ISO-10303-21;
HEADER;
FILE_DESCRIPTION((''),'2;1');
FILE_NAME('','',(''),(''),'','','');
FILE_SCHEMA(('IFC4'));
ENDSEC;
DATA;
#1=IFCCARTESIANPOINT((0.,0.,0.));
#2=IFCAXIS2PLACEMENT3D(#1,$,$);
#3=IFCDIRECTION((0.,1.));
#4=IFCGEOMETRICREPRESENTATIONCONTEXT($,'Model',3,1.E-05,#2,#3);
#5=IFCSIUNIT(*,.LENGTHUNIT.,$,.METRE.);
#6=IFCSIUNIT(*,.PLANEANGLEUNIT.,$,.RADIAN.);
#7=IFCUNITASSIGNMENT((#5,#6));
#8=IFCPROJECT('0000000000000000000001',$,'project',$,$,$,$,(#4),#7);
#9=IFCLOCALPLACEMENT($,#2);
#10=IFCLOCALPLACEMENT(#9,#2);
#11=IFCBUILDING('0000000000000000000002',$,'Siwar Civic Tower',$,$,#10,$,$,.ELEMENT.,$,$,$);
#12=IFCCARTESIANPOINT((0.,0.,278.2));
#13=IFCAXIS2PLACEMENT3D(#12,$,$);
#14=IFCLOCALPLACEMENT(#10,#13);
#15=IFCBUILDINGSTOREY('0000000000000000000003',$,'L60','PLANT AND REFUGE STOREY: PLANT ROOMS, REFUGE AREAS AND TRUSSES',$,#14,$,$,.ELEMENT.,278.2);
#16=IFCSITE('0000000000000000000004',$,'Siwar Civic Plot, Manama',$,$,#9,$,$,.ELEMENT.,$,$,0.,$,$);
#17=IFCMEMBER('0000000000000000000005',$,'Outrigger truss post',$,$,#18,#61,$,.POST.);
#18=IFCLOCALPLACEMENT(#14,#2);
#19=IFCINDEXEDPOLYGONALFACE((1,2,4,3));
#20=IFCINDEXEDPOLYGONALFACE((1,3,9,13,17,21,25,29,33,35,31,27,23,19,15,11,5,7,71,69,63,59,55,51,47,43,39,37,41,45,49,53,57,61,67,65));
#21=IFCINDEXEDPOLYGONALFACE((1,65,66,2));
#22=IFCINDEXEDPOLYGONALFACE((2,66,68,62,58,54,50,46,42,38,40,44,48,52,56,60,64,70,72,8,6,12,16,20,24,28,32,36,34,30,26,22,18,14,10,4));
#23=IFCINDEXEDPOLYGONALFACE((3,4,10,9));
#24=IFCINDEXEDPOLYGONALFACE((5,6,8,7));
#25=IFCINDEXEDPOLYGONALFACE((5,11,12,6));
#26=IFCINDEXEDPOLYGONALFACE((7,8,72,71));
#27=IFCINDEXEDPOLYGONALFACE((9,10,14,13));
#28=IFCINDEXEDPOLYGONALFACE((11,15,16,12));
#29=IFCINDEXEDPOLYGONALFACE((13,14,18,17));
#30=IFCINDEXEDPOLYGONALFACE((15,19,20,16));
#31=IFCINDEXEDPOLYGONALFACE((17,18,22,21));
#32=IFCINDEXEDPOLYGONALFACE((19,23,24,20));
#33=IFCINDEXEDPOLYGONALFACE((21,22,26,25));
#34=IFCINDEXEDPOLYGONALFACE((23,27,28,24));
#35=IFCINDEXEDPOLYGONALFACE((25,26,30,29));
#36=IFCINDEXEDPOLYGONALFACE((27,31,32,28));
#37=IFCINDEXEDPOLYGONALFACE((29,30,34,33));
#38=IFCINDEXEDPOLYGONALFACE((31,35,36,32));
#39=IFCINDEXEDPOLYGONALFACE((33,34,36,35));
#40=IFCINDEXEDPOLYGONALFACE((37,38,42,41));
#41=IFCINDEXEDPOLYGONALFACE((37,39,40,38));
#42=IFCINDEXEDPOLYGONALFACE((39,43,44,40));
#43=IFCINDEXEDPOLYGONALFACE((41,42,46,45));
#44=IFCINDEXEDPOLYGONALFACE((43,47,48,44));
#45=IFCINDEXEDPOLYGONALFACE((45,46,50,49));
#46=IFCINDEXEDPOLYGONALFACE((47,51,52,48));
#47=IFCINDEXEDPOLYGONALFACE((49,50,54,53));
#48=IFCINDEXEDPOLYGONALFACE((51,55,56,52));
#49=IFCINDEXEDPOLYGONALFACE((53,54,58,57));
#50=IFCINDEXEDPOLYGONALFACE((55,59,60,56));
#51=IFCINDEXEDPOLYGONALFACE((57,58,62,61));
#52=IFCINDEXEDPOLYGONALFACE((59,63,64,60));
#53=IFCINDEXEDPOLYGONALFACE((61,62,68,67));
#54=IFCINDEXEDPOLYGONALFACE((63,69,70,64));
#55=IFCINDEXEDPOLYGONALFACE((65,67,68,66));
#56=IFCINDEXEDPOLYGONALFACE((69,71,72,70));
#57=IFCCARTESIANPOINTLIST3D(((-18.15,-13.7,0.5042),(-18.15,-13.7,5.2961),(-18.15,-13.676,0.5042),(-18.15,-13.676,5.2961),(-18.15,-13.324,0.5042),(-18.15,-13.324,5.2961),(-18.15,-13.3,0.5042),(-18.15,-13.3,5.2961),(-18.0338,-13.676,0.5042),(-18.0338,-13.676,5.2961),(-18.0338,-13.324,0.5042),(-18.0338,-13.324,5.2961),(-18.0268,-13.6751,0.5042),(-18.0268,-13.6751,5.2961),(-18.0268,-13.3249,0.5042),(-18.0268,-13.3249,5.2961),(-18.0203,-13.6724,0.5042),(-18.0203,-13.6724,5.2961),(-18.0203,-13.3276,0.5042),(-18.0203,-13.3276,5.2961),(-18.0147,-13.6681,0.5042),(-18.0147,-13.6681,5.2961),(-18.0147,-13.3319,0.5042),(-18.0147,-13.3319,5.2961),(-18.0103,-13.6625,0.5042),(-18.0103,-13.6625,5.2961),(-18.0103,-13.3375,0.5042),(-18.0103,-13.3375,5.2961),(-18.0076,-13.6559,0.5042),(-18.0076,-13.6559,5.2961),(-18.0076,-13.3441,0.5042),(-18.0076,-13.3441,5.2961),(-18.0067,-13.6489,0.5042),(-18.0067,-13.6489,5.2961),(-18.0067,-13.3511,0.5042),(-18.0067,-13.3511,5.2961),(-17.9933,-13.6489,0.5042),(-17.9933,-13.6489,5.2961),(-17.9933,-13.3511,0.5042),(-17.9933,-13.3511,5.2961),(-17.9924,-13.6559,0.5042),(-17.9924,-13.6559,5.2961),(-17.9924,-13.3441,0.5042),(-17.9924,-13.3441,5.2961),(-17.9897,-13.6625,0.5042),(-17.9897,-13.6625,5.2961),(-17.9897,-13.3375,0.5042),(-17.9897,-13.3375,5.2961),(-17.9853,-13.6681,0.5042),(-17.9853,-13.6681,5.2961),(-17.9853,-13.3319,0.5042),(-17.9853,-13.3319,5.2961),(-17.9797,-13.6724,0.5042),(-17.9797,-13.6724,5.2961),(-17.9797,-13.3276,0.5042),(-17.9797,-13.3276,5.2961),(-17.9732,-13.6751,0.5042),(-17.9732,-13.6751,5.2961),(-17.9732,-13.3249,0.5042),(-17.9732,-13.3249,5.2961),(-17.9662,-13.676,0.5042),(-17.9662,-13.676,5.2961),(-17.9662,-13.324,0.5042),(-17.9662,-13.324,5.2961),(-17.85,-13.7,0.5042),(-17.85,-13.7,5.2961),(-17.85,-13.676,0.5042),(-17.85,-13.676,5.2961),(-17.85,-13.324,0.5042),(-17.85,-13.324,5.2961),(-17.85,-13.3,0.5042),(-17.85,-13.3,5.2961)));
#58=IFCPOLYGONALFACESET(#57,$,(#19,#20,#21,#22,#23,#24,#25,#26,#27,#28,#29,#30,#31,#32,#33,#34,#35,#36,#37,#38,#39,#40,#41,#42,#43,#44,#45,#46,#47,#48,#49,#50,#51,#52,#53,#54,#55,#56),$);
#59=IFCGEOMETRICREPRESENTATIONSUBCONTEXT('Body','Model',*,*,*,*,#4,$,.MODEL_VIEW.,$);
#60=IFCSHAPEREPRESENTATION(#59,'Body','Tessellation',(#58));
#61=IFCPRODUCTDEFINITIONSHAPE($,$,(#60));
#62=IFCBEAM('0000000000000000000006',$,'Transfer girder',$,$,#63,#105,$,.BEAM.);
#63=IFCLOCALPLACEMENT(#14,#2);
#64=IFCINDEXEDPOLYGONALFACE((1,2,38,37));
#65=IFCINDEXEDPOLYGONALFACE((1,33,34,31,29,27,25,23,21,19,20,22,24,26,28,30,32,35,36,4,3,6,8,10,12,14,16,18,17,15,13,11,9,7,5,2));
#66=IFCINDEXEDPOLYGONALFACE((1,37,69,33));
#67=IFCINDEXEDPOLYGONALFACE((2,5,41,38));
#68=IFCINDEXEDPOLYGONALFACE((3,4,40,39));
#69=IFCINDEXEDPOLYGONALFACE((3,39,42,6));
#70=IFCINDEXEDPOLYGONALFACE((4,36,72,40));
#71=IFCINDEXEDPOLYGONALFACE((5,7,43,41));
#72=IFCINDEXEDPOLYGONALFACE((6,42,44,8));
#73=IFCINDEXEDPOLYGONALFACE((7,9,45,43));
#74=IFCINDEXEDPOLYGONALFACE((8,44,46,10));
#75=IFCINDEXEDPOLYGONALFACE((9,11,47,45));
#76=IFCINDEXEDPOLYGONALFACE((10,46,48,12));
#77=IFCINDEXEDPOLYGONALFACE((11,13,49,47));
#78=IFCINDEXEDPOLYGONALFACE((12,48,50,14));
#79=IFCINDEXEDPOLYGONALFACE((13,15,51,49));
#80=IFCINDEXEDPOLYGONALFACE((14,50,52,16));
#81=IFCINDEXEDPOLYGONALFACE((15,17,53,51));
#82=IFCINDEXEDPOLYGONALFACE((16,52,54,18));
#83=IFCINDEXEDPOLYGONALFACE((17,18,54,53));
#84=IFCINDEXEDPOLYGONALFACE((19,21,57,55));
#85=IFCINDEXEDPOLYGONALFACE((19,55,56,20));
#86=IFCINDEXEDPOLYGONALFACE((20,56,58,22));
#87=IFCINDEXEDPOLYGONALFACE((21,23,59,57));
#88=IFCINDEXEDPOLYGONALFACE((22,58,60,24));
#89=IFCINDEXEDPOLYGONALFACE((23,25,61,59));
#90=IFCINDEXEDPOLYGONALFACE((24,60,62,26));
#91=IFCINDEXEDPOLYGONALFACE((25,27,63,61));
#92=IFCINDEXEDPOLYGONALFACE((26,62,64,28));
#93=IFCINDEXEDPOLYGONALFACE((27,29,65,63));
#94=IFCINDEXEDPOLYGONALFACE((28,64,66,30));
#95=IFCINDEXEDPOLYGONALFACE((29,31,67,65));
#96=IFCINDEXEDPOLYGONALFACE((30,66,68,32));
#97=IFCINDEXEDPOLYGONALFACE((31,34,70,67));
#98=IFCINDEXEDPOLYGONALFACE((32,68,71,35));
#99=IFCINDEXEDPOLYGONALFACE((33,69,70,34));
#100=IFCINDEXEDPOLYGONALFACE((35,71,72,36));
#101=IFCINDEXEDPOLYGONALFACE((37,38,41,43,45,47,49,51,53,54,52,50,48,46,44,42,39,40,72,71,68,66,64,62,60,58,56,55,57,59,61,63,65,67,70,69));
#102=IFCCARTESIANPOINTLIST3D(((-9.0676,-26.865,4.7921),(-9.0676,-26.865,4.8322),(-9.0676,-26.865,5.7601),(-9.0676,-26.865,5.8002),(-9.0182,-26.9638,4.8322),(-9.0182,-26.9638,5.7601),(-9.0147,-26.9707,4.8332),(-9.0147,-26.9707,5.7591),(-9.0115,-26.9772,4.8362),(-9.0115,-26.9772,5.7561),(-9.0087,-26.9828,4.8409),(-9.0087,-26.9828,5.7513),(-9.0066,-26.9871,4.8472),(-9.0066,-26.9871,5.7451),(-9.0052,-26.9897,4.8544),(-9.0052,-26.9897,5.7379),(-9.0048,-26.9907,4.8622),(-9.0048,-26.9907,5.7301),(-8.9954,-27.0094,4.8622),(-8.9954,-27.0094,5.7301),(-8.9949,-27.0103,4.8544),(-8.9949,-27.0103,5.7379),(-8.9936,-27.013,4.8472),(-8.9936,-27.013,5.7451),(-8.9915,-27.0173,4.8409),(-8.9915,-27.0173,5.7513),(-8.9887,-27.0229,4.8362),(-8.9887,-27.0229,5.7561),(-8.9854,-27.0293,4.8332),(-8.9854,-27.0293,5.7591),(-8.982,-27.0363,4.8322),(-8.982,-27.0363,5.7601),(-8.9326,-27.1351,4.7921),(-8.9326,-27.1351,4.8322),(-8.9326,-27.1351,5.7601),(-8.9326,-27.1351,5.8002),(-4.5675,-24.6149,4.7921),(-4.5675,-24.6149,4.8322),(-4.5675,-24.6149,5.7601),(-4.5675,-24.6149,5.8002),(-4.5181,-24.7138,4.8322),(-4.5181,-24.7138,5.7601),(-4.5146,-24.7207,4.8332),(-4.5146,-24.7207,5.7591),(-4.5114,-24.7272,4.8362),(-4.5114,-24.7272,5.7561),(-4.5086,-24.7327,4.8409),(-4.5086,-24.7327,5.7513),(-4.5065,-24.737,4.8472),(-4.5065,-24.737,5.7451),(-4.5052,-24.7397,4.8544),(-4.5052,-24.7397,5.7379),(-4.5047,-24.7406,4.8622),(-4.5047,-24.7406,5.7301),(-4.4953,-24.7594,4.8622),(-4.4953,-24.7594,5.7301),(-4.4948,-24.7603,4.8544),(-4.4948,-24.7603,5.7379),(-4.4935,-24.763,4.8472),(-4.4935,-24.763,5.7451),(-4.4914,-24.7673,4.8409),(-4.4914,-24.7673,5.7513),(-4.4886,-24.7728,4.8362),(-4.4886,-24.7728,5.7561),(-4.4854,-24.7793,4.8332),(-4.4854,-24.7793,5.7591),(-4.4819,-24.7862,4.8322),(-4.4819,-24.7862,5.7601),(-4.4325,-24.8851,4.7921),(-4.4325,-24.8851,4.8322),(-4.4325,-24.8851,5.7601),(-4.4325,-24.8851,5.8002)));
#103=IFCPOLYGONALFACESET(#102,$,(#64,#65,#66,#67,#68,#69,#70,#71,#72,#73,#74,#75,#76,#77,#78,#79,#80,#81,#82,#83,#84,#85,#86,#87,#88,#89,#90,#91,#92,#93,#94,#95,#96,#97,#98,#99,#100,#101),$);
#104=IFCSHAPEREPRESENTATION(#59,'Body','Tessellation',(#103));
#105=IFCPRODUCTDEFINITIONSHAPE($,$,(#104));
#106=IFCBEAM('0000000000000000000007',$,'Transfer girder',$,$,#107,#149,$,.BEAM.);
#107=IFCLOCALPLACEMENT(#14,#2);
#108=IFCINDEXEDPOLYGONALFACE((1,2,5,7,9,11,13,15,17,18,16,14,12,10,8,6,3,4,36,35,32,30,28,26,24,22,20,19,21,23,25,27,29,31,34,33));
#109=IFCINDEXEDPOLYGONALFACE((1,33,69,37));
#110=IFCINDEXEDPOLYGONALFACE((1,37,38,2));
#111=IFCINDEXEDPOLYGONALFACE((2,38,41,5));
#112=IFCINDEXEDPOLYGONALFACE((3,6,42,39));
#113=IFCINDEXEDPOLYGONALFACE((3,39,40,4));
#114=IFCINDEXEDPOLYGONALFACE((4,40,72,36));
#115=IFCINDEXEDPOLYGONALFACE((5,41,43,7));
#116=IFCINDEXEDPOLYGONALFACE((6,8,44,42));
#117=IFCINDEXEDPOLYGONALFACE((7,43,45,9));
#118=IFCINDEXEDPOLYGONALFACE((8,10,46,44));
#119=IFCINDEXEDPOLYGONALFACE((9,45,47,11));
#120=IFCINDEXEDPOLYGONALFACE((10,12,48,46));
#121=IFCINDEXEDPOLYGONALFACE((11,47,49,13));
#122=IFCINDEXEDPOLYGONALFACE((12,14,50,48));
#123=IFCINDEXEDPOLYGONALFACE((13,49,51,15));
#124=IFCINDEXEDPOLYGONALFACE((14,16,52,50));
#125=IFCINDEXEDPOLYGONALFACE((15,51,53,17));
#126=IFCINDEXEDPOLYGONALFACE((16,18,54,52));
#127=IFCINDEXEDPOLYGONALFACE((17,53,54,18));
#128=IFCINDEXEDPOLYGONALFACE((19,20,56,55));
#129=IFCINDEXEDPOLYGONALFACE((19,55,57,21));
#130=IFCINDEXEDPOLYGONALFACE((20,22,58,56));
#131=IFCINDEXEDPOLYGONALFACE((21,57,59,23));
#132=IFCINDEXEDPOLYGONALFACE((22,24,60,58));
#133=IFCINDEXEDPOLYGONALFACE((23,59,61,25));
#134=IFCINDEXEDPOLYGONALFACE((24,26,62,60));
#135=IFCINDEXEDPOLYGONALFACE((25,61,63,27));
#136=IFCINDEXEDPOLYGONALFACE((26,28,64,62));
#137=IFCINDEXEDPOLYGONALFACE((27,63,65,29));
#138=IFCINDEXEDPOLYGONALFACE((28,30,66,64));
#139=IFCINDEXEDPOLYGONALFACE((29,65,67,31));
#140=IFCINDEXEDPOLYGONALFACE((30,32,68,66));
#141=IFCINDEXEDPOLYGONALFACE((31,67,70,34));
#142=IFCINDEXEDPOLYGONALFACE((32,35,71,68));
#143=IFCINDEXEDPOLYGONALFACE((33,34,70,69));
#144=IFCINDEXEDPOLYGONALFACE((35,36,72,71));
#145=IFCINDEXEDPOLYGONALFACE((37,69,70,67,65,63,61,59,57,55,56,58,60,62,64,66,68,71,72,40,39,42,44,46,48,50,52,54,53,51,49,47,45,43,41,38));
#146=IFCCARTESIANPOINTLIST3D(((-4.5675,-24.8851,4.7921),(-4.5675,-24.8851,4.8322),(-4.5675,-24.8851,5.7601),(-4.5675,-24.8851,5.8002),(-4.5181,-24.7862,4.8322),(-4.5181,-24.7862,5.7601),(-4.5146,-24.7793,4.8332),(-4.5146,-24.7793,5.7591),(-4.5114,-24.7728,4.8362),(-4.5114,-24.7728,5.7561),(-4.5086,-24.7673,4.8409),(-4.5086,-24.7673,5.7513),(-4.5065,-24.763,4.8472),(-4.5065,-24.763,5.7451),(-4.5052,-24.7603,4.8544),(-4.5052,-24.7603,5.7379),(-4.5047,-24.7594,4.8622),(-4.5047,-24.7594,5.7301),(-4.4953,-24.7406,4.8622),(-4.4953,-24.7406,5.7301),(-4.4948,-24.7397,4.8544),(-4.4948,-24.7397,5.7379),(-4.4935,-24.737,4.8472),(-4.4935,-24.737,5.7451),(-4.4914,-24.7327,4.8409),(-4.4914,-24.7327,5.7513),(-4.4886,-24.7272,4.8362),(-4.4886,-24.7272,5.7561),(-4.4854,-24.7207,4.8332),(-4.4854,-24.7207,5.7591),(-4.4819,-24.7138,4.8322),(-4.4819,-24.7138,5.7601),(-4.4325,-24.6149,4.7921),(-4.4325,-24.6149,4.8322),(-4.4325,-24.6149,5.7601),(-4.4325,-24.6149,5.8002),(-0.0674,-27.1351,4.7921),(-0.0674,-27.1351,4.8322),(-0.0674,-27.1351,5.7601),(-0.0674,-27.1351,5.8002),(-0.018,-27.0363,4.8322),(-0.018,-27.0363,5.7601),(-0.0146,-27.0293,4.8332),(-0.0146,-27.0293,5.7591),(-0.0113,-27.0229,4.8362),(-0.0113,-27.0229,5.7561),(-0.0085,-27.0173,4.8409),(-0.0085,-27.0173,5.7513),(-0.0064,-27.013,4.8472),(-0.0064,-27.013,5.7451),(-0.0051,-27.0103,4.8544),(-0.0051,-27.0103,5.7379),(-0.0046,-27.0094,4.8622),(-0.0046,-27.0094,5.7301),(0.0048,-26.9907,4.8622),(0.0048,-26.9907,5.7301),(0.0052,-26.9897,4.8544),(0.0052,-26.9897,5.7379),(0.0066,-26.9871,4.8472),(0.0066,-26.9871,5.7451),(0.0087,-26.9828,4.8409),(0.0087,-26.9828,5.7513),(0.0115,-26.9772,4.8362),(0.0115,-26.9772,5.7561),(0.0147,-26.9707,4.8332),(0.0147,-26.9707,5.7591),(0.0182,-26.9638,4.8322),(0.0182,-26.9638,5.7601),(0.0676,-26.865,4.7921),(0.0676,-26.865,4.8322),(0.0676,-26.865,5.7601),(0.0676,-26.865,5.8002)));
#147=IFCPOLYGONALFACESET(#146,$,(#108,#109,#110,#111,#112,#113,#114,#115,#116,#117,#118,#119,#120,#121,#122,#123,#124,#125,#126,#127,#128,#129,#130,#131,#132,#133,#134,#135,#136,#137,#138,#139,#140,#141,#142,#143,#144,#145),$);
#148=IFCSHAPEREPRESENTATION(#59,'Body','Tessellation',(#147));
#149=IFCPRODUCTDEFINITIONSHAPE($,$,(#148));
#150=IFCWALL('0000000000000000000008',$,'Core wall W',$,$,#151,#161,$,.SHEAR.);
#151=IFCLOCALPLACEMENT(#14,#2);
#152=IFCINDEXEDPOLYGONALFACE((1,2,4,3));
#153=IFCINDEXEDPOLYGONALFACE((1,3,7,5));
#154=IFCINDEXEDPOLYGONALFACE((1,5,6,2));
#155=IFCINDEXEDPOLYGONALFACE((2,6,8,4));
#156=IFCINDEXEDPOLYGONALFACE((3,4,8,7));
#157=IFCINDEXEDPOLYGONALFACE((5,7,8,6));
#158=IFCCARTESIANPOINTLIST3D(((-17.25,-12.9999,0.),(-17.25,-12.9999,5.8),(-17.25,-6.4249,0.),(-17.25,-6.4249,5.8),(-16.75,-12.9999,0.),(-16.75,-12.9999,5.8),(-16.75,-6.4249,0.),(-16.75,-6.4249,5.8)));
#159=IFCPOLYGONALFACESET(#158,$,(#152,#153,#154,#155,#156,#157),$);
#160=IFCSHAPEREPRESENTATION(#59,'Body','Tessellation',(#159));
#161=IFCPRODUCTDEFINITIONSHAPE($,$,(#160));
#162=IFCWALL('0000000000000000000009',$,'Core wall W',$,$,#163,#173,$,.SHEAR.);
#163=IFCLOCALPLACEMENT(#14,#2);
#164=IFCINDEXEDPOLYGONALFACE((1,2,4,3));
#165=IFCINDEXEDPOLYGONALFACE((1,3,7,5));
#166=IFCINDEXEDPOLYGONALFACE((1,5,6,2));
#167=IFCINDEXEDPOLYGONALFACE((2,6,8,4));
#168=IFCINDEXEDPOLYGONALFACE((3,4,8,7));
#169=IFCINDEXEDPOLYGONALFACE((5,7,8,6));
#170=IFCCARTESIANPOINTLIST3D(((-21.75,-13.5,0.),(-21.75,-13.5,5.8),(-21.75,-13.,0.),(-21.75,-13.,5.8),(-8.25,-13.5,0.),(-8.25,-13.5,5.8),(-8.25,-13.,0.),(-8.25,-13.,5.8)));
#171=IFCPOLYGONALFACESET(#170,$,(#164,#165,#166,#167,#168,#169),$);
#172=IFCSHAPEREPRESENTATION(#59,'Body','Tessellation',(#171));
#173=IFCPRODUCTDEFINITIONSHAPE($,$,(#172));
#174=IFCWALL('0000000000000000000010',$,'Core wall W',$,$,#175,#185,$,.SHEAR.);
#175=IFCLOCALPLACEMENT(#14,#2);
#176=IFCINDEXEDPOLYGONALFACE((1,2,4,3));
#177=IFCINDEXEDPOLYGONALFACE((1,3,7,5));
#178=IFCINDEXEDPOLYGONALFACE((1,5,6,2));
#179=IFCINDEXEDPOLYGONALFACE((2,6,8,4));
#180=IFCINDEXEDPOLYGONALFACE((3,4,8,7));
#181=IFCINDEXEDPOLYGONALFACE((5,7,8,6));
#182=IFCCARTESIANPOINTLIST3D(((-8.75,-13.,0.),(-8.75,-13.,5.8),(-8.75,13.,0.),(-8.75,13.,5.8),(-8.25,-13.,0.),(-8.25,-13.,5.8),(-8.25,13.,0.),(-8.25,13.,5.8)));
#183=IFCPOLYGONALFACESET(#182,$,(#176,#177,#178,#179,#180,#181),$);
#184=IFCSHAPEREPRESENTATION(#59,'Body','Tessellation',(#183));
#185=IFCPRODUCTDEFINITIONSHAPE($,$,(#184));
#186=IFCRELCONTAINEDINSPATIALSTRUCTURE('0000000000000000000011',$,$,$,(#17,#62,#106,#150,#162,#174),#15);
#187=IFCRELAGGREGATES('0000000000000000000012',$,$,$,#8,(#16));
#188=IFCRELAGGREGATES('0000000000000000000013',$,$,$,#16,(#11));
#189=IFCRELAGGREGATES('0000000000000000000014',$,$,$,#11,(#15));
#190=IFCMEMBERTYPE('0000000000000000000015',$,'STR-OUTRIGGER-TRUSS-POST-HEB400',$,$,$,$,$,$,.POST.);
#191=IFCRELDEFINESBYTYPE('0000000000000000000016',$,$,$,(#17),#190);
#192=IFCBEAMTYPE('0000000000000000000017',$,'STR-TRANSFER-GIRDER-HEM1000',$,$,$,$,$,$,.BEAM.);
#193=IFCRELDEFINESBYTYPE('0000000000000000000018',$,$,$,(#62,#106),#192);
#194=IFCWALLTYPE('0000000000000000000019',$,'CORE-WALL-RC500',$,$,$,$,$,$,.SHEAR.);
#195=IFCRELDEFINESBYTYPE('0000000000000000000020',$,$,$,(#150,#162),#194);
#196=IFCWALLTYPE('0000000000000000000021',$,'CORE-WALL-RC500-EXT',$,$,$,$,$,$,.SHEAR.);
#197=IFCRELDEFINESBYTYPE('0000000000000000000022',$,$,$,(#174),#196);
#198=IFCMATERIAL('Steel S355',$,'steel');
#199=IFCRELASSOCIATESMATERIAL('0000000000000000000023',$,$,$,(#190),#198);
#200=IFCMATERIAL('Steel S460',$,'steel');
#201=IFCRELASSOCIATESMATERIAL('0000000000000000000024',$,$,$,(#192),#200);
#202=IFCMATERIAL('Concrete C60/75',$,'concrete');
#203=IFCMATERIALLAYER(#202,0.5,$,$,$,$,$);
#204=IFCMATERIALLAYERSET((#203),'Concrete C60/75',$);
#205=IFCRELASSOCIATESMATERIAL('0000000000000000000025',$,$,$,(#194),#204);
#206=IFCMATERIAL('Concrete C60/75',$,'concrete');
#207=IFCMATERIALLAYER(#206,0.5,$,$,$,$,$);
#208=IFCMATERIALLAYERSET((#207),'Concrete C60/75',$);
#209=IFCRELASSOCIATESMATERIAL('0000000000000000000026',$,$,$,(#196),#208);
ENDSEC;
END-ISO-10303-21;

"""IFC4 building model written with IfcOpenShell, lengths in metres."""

from ifc_helpers import new_model, si_unit, direction, frame, frame_2d, origin, origin_2d, place, context, subcontext, project, spatial, rectangle, i_section, extrude, material, layer, layer_set, material_profile, profile_set, type_object, element, save


model = new_model("IFC4")

# Units and contexts
model_context = context("Model", 3, precision=1e-05, world=origin(), true_north=direction((0.0, 1.0)))
body_context = subcontext(model_context, "Body", "Model", "MODEL_VIEW")
ifc_project = project(units=[si_unit("LENGTHUNIT", "METRE"), si_unit("PLANEANGLEUNIT", "RADIAN")], contexts=[model_context])

# Site, building, storey
site_placement = place(None, origin())
site = spatial("IfcSite", under=ifc_project, at=site_placement, Name="Siwar Civic Plot, Manama", CompositionType="ELEMENT", RefElevation=0.0)
building_placement = place(site_placement, origin())
building = spatial("IfcBuilding", under=site, at=building_placement, Name="Siwar Civic Tower", CompositionType="ELEMENT")
storey_placement = place(building_placement, frame((0.0, 0.0, 278.2)))
storey = spatial("IfcBuildingStorey", under=building, at=storey_placement, Name="L60", Description="PLANT AND REFUGE STOREY: PLANT ROOMS, REFUGE AREAS AND TRUSSES", CompositionType="ELEMENT", Elevation=278.2)

# Member
ifc_material_1 = material(Name="Steel S355", Category="steel")
ifc_material_profile_1 = material_profile(ifc_material_1, i_section(OverallWidth=0.3, OverallDepth=0.3999, WebThickness=0.0134, FlangeThickness=0.0239, FilletRadius=0.0271, at=origin_2d()), Name="HEB400")
ifc_profile_set_1 = profile_set([ifc_material_profile_1], Name="Steel S355")
member_type_1 = type_object("IfcMemberType", Name="STR-OUTRIGGER-TRUSS-POST-HEB400", PredefinedType="POST", material=ifc_profile_set_1)
member_1_placement = place(storey_placement, frame((-18.0, -13.5, 0.5042), z_axis=(0.0, 0.0, 1.0), x_axis=(1.0, 0.0, 0.0)))
element("IfcMember", 1, at=member_1_placement, inside=storey, type_object=member_type_1, Name="Outrigger truss post", PredefinedType="POST", context=body_context, shape_type="SweptSolid", body=[
    extrude(i_section(OverallWidth=0.3, OverallDepth=0.3999, WebThickness=0.0134, FlangeThickness=0.0239, FilletRadius=0.0271, at=origin_2d()), origin(), (0.0, 0.0, 1.0), 4.792),
])

# Beams
ifc_material_2 = material(Name="Steel S460", Category="steel")
ifc_material_profile_2 = material_profile(ifc_material_2, i_section(OverallWidth=0.302, OverallDepth=1.0081, WebThickness=0.021, FlangeThickness=0.04, FilletRadius=0.03, at=origin_2d()), Name="HEM1000")
ifc_profile_set_2 = profile_set([ifc_material_profile_2], Name="Steel S460")
beam_type_1 = type_object("IfcBeamType", Name="STR-TRANSFER-GIRDER-HEM1000", PredefinedType="BEAM", material=ifc_profile_set_2)
for number, where, z_axis, x_axis, name in (
    (2, (-4.5, -24.75, 5.2961), (-0.894427, -0.447214, 0.0), (0.447214, -0.894427, 0.0), "Transfer girder"),
    (3, (-4.5, -24.75, 5.2961), (0.894427, -0.447214, 0.0), (0.447214, 0.894427, 0.0), "Transfer girder"),
):
    element("IfcBeam", number, at=place(storey_placement, frame(where, z_axis=z_axis, x_axis=x_axis)), inside=storey, type_object=beam_type_1, Name=name, PredefinedType="BEAM", context=body_context, shape_type="SweptSolid", body=[
        extrude(i_section(OverallWidth=0.302, OverallDepth=1.0081, WebThickness=0.021, FlangeThickness=0.04, FilletRadius=0.03, at=origin_2d()), origin(), (0.0, 0.0, 1.0), 5.0312),
    ])

# Walls
ifc_material_3 = material(Name="Concrete C60/75", Category="concrete")
ifc_layer_1 = layer(ifc_material_3, 0.5)
ifc_layer_set_1 = layer_set([ifc_layer_1], Name="Concrete C60/75")
wall_type_1 = type_object("IfcWallType", Name="CORE-WALL-RC500", PredefinedType="SHEAR", material=ifc_layer_set_1)
wall_1_placement = place(storey_placement, frame((-17.0, -13.0, 0.0), z_axis=(0.0, 0.0, 1.0), x_axis=(0.0, 1.0, 0.0)))
element("IfcWall", 4, at=wall_1_placement, inside=storey, type_object=wall_type_1, Name="Core wall W", PredefinedType="SHEAR", context=body_context, shape_type="SweptSolid", body=[
    extrude(rectangle(XDim=6.575, YDim=0.5, at=frame_2d((3.2876, 0.0))), origin(), (0.0, 0.0, 1.0), 5.8),
])
wall_2_placement = place(storey_placement, frame((-8.25, -13.25, 0.0), z_axis=(0.0, 0.0, 1.0), x_axis=(-1.0, 0.0, 0.0)))
element("IfcWall", 5, at=wall_2_placement, inside=storey, type_object=wall_type_1, Name="Core wall W", PredefinedType="SHEAR", context=body_context, shape_type="SweptSolid", body=[
    extrude(rectangle(XDim=13.5, YDim=0.5, at=frame_2d((6.75, 0.0))), origin(), (0.0, 0.0, 1.0), 5.8),
])
ifc_material_4 = material(Name="Concrete C60/75", Category="concrete")
ifc_layer_2 = layer(ifc_material_4, 0.5)
ifc_layer_set_2 = layer_set([ifc_layer_2], Name="Concrete C60/75")
wall_type_2 = type_object("IfcWallType", Name="CORE-WALL-RC500-EXT", PredefinedType="SHEAR", material=ifc_layer_set_2)
wall_3_placement = place(storey_placement, frame((-8.5, -13.0, 0.0), z_axis=(0.0, 0.0, 1.0), x_axis=(0.0, 1.0, 0.0)))
element("IfcWall", 6, at=wall_3_placement, inside=storey, type_object=wall_type_2, Name="Core wall W", PredefinedType="SHEAR", context=body_context, shape_type="SweptSolid", body=[
    extrude(rectangle(XDim=26.0, YDim=0.5, at=frame_2d((13.0, 0.0))), origin(), (0.0, 0.0, 1.0), 5.8),
])

save(model, "model.ifc")
